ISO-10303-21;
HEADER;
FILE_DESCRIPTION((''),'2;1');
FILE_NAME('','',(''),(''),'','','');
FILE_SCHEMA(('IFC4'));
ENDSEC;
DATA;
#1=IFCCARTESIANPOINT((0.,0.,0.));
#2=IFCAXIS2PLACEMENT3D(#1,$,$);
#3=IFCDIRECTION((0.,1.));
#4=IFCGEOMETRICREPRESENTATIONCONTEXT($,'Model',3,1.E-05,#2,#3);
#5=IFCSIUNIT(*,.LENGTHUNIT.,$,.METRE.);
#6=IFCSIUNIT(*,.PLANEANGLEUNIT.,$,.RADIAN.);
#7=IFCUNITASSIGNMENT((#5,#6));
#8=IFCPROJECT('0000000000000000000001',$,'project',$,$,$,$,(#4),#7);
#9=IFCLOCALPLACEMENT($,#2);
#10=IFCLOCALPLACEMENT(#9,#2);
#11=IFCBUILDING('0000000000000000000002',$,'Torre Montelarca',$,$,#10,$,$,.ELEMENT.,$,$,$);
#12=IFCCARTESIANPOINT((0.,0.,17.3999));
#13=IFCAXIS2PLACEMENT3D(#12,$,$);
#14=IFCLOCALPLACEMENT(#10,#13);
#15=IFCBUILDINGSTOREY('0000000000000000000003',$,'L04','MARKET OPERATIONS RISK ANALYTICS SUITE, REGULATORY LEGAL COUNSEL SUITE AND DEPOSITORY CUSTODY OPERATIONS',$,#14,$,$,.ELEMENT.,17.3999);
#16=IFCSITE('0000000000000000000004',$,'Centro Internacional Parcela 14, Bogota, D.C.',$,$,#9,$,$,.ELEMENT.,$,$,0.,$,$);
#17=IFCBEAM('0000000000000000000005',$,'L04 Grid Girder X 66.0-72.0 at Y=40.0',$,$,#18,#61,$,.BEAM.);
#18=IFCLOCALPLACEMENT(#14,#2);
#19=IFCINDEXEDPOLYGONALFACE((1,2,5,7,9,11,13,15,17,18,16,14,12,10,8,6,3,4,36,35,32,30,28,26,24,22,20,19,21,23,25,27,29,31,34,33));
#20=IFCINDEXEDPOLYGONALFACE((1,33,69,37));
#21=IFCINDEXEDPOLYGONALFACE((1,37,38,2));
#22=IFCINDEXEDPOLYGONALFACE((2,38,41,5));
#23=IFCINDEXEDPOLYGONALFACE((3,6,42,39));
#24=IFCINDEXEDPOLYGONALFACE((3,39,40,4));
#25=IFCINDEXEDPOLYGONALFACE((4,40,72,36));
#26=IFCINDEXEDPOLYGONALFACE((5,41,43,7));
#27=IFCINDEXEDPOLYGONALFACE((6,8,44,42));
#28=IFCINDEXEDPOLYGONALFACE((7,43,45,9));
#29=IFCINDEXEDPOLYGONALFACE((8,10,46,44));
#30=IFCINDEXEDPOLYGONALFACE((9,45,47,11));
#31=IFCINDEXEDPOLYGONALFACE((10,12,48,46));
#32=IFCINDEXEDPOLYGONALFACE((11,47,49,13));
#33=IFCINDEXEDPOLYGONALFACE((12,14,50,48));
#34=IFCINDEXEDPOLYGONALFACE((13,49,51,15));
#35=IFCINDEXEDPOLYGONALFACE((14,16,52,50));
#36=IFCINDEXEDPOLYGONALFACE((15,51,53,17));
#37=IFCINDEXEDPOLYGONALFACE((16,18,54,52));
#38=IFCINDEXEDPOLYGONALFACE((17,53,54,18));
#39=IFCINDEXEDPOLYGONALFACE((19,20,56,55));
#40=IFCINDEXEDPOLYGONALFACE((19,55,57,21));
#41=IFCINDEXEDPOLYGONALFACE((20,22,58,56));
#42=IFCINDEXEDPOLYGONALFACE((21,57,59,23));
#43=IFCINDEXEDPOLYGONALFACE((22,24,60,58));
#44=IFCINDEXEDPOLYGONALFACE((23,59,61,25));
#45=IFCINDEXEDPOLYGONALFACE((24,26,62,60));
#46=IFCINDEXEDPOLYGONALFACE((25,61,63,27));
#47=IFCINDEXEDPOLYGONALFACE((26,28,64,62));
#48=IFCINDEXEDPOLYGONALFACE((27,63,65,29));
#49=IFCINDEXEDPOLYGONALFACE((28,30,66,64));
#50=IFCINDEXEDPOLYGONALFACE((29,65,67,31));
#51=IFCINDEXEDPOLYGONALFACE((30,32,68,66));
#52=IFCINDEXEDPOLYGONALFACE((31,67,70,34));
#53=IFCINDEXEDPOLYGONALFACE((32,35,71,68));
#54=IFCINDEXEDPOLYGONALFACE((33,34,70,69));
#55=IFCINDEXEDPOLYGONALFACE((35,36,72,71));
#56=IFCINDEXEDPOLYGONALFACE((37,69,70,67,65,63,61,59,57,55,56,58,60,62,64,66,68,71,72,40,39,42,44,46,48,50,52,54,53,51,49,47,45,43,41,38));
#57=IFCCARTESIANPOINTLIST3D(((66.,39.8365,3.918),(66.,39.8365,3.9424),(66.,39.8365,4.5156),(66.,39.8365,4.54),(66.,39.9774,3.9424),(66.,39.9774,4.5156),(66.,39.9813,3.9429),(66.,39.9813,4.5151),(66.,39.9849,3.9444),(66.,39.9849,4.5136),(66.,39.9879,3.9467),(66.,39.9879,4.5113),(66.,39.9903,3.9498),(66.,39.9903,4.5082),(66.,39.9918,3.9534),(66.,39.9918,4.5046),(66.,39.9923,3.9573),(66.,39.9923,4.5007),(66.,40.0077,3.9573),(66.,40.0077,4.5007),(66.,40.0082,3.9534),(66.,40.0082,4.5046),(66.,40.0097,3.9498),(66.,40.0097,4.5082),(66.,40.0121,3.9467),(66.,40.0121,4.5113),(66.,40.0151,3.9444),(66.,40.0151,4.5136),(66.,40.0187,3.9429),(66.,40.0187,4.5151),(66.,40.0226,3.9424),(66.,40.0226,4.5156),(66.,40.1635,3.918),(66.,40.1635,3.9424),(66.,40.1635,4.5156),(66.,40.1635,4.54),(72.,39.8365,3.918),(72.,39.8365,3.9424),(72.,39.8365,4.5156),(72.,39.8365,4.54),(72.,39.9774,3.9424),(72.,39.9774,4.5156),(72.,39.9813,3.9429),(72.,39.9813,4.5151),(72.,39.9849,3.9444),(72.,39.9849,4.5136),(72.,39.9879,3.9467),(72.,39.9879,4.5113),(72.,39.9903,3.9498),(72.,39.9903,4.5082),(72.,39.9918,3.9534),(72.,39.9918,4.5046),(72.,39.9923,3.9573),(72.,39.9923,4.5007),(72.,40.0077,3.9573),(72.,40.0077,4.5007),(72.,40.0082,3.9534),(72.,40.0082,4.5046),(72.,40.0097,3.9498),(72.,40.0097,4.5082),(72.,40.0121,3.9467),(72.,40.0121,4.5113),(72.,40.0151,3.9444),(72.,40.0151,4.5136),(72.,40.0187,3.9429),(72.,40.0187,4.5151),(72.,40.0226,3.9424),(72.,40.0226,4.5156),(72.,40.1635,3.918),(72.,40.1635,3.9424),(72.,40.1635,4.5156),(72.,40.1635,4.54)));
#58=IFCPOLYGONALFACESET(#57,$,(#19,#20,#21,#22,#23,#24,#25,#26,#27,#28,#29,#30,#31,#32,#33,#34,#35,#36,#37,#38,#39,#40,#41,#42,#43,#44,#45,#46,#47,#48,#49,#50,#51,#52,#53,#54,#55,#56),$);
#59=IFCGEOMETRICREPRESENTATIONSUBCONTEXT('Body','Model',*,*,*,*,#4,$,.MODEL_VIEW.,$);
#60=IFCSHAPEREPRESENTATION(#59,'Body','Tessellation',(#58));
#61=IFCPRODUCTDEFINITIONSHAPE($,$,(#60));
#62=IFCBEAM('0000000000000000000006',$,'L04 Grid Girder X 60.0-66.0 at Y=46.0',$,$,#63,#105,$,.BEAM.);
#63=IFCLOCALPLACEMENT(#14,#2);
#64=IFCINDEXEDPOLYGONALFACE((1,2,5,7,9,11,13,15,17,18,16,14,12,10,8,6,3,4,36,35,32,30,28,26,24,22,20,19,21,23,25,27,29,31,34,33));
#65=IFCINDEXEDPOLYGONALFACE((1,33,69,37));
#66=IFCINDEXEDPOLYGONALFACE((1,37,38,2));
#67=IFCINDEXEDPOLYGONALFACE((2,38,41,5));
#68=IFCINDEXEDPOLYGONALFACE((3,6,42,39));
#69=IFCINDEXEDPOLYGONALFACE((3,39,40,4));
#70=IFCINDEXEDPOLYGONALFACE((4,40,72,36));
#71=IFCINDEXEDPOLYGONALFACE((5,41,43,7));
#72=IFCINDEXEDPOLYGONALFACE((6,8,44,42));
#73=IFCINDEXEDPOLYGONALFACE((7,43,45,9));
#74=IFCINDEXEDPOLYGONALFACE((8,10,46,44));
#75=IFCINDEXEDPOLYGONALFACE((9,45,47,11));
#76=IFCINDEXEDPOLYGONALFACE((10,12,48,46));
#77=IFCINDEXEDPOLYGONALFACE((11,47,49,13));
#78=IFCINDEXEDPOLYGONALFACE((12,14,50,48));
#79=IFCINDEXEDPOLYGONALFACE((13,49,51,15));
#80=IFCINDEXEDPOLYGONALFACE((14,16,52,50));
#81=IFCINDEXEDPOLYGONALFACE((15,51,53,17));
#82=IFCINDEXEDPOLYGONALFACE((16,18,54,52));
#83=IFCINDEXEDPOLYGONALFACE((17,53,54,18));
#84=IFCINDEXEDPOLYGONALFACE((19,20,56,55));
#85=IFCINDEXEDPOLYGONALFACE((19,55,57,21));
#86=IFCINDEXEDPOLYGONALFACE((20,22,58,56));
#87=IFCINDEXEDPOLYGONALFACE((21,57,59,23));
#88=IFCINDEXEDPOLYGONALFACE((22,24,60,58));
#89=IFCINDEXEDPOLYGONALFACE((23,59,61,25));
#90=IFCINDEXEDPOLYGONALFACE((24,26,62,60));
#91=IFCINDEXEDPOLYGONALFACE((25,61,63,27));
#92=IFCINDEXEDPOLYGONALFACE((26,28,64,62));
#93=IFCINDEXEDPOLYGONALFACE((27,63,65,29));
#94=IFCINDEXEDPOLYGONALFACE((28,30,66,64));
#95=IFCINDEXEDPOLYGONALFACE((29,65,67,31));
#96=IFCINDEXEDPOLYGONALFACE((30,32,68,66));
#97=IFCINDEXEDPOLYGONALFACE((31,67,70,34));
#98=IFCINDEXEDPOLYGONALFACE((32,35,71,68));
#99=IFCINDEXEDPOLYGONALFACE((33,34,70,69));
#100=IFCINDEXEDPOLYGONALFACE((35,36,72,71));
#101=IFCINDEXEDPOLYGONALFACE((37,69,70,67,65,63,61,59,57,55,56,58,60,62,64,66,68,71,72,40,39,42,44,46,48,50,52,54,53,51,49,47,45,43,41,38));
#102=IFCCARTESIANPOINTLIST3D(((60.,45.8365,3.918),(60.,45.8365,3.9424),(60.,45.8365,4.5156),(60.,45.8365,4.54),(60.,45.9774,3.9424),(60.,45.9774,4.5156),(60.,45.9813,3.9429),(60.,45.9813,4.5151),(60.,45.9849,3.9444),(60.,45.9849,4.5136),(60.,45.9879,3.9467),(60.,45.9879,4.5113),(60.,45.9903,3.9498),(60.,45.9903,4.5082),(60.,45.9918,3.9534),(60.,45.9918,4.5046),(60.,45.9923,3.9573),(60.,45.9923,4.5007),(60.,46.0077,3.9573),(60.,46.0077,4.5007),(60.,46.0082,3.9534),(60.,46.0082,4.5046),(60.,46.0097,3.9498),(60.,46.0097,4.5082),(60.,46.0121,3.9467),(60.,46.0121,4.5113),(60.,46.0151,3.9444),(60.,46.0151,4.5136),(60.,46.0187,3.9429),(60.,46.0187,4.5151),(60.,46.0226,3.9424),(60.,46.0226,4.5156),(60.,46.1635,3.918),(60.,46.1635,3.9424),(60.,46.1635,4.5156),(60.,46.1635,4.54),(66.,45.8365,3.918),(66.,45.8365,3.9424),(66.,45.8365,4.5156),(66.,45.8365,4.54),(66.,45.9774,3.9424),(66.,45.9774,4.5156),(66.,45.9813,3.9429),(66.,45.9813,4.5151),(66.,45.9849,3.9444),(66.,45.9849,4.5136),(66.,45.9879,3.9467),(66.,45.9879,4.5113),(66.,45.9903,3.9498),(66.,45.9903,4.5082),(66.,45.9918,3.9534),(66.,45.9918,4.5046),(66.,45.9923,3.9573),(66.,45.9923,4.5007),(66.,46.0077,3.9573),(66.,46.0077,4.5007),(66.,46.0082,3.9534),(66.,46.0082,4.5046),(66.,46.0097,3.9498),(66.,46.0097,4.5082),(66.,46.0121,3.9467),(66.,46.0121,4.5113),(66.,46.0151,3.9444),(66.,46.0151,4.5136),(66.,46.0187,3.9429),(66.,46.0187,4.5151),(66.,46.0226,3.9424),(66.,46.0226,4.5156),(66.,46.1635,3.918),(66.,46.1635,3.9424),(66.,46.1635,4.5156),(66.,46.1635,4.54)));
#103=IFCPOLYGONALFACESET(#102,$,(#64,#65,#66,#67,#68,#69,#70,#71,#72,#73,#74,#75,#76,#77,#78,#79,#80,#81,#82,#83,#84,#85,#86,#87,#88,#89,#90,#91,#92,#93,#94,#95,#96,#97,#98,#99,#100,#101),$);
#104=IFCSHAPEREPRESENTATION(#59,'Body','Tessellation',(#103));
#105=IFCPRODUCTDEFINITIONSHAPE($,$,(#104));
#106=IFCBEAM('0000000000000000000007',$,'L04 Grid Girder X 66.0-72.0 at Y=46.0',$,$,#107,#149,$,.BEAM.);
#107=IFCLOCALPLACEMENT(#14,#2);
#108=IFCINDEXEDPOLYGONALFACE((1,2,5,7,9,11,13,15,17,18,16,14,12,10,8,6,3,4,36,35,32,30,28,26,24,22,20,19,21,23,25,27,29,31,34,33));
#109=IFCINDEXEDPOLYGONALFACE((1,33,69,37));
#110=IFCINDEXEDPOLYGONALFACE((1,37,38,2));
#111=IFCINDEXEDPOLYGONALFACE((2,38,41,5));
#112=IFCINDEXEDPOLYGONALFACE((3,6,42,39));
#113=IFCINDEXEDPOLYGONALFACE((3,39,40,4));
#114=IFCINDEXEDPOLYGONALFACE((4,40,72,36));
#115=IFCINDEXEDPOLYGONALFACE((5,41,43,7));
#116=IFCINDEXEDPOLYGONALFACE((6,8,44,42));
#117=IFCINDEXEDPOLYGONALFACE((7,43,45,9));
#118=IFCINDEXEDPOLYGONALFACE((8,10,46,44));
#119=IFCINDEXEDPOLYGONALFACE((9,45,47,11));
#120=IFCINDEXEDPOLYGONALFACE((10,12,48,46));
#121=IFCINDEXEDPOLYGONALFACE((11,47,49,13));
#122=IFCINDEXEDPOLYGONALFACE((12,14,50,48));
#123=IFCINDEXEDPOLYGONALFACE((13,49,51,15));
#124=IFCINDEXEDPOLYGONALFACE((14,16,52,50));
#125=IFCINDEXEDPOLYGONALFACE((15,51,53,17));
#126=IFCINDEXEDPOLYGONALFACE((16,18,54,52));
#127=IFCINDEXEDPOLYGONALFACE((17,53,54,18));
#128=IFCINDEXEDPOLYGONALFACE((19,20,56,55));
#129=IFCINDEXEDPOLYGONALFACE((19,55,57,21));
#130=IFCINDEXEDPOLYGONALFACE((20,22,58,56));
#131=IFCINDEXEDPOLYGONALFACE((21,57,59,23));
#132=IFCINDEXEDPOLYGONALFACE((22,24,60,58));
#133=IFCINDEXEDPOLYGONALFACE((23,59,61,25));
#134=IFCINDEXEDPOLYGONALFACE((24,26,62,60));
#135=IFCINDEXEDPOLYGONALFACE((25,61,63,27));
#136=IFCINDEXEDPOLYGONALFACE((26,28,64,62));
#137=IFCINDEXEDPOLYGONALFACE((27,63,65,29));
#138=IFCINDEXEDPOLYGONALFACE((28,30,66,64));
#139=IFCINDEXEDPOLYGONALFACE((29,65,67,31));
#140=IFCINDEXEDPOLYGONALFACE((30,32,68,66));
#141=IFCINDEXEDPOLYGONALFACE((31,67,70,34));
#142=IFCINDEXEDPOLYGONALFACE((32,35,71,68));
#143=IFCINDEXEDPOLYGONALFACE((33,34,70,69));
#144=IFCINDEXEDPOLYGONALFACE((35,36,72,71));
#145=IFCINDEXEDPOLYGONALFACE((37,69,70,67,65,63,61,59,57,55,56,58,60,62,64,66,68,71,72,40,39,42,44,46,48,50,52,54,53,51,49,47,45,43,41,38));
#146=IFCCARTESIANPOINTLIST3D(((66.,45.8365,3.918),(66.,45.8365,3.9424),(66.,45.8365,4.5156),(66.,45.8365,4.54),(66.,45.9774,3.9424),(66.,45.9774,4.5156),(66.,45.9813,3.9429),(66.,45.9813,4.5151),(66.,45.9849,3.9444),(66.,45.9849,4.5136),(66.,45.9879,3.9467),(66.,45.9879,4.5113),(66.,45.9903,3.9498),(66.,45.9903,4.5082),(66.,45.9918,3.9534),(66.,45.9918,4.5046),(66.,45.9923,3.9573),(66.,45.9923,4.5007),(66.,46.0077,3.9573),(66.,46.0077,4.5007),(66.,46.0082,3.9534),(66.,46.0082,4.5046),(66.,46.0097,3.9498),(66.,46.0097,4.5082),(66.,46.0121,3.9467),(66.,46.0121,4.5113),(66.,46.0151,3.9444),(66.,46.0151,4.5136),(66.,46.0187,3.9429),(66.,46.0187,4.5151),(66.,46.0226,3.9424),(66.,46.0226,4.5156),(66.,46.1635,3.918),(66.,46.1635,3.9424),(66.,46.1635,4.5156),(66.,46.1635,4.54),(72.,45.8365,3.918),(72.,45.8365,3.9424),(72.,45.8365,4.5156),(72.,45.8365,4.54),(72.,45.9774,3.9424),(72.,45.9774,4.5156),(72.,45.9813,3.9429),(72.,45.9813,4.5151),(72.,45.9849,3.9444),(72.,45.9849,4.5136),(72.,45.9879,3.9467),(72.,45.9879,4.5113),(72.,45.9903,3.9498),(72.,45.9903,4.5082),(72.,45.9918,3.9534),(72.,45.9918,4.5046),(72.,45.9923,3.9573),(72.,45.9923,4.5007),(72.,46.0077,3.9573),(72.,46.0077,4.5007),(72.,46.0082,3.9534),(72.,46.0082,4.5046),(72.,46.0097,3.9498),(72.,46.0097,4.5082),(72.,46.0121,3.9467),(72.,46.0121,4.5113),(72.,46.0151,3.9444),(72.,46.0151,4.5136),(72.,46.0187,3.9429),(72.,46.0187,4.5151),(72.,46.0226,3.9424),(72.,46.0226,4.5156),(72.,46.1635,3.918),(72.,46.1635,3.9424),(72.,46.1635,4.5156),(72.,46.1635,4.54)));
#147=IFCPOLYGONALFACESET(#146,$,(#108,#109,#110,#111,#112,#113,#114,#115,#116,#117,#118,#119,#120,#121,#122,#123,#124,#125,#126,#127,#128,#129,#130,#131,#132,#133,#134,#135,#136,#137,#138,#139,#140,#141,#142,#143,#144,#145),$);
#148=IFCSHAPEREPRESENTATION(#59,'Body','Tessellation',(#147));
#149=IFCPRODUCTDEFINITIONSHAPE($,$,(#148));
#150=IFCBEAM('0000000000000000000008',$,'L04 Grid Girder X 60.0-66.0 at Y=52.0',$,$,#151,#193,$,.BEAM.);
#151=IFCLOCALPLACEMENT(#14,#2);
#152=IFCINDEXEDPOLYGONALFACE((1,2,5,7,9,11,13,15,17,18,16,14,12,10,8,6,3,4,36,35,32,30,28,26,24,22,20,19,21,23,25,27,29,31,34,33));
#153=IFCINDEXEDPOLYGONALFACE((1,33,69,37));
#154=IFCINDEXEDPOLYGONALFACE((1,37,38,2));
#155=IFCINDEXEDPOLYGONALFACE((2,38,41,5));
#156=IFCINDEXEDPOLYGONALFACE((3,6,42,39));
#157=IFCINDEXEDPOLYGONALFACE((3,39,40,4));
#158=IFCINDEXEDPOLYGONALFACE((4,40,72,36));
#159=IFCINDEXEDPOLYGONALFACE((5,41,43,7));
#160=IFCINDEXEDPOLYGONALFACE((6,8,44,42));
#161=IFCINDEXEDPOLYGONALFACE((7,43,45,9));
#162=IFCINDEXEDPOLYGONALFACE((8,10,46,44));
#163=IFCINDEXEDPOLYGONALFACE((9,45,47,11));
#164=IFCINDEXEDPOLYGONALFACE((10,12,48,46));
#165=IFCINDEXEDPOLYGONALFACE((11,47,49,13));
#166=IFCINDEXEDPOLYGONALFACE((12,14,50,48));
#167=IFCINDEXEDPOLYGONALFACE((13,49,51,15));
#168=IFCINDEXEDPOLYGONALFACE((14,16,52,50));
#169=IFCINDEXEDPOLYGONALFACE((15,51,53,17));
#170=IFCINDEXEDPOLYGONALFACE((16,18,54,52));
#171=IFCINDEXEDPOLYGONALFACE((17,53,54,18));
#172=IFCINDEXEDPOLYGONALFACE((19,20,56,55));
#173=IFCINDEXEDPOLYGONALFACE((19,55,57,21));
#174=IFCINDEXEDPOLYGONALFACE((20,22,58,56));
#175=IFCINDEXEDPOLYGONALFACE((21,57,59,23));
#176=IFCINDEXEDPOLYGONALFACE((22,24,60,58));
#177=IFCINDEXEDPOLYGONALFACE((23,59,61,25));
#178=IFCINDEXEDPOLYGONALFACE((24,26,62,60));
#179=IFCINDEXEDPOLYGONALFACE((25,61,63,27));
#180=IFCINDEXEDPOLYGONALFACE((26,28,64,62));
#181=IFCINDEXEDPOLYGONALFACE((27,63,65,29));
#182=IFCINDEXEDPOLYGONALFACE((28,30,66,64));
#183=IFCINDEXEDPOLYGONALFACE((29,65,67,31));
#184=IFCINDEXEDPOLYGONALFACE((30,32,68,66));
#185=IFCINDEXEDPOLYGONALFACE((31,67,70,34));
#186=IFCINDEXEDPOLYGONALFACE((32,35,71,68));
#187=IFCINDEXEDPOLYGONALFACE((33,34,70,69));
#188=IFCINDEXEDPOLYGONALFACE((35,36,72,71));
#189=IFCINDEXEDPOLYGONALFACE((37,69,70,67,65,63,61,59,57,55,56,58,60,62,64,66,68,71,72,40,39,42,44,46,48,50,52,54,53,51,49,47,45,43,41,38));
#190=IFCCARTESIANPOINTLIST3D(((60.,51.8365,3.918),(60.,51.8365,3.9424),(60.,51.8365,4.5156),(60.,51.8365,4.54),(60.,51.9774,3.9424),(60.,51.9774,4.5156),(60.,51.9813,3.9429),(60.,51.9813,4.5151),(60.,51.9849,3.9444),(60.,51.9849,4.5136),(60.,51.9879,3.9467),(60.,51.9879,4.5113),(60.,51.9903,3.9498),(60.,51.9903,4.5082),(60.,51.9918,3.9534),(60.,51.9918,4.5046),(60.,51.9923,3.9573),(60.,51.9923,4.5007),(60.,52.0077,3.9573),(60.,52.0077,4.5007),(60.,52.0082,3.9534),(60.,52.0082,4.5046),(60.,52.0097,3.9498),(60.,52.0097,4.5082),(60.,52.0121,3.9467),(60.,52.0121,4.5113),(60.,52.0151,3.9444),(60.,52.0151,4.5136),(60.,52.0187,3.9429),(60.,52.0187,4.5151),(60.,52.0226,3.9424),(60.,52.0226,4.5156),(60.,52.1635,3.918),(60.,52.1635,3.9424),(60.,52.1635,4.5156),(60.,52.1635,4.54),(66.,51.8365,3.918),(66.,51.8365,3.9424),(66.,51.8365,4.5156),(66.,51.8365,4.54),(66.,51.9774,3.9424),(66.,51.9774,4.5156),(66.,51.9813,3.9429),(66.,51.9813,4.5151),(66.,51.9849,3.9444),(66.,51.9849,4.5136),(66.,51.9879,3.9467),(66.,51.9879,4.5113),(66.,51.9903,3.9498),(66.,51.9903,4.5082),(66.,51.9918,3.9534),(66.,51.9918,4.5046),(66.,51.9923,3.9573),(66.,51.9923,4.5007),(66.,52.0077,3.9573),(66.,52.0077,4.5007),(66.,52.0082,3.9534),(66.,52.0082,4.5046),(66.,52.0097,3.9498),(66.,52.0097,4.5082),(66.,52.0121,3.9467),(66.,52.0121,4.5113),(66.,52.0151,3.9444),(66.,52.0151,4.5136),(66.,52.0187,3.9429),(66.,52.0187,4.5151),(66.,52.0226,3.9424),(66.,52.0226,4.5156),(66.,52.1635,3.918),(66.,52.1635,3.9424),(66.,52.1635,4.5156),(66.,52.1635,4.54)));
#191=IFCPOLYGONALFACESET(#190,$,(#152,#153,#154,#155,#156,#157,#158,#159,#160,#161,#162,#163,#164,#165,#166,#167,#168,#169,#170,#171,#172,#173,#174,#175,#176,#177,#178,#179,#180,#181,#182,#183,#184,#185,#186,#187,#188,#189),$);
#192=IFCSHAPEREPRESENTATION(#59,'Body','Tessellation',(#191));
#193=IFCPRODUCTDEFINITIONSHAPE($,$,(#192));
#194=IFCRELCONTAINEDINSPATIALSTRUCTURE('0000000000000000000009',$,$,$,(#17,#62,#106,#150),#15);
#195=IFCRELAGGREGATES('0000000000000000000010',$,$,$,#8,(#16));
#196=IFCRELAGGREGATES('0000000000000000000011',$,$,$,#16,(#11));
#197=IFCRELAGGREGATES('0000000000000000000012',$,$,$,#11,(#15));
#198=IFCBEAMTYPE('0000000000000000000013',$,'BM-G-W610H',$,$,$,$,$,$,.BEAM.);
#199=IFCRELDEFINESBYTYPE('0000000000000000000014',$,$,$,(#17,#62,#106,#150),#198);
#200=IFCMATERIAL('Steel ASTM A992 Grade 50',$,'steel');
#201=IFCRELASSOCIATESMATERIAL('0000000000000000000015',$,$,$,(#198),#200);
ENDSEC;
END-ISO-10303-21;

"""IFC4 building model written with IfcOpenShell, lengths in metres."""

from ifc_helpers import new_model, si_unit, direction, frame, origin, origin_2d, place, context, subcontext, project, spatial, i_section, extrude, source, transform, mapped, material, material_profile, profile_set, type_object, element, save


model = new_model("IFC4")

# Units and contexts
model_context = context("Model", 3, precision=1e-05, world=origin(), true_north=direction((0.0, 1.0)))
body_context = subcontext(model_context, "Body", "Model", "MODEL_VIEW")
ifc_project = project(units=[si_unit("LENGTHUNIT", "METRE"), si_unit("PLANEANGLEUNIT", "RADIAN")], contexts=[model_context])

# Site, building, storey
site_placement = place(None, origin())
site = spatial("IfcSite", under=ifc_project, at=site_placement, Name="Centro Internacional Parcela 14, Bogota, D.C.", CompositionType="ELEMENT", RefElevation=0.0)
building_placement = place(site_placement, origin())
building = spatial("IfcBuilding", under=site, at=building_placement, Name="Torre Montelarca", CompositionType="ELEMENT")
storey_placement = place(building_placement, frame((0.0, 0.0, 17.3999)))
storey = spatial("IfcBuildingStorey", under=building, at=storey_placement, Name="L04", Description="MARKET OPERATIONS RISK ANALYTICS SUITE, REGULATORY LEGAL COUNSEL SUITE AND DEPOSITORY CUSTODY OPERATIONS", CompositionType="ELEMENT", Elevation=17.3999)

# Shared definitions
ifc_material_1 = material(Name="Steel ASTM A992 Grade 50", Category="steel")

# Beams
ifc_material_profile_1 = material_profile(ifc_material_1, i_section(OverallWidth=0.3269, OverallDepth=0.6221, WebThickness=0.0154, FlangeThickness=0.0244, FilletRadius=0.0149, at=origin_2d()), Name="W610X195", Category="steel")
ifc_profile_set_1 = profile_set([ifc_material_profile_1], Name="Steel ASTM A992 Grade 50")
beam_type_1 = type_object("IfcBeamType", Name="BM-G-W610H", PredefinedType="BEAM", material=ifc_profile_set_1)
shared_shape_1 = source(origin(), body_context, "Body", "SweptSolid", [
    extrude(i_section(OverallWidth=0.3269, OverallDepth=0.6221, WebThickness=0.0154, FlangeThickness=0.0244, FilletRadius=0.0149, at=origin_2d()), origin(), (0.0, 0.0, 1.0), 6.0),
])
for number, where, z_axis, x_axis, name in (
    (1, (66.0, 40.0, 4.229), (1.0, 0.0, 0.0), (0.0, 1.0, 0.0), "L04 Grid Girder X 66.0-72.0 at Y=40.0"),
    (2, (60.0, 46.0, 4.229), (1.0, 0.0, 0.0), (0.0, 1.0, 0.0), "L04 Grid Girder X 60.0-66.0 at Y=46.0"),
    (3, (66.0, 46.0, 4.229), (1.0, 0.0, 0.0), (0.0, 1.0, 0.0), "L04 Grid Girder X 66.0-72.0 at Y=46.0"),
    (4, (60.0, 52.0, 4.229), (1.0, 0.0, 0.0), (0.0, 1.0, 0.0), "L04 Grid Girder X 60.0-66.0 at Y=52.0"),
):
    element("IfcBeam", number, at=place(storey_placement, frame(where, z_axis=z_axis, x_axis=x_axis)), inside=storey, type_object=beam_type_1, Name=name, PredefinedType="BEAM", context=body_context, shape_type="MappedRepresentation", body=[
        mapped(shared_shape_1, transform((0.0, 0.0, 0.0), scale=1.0)),
    ])

save(model, "model.ifc")
